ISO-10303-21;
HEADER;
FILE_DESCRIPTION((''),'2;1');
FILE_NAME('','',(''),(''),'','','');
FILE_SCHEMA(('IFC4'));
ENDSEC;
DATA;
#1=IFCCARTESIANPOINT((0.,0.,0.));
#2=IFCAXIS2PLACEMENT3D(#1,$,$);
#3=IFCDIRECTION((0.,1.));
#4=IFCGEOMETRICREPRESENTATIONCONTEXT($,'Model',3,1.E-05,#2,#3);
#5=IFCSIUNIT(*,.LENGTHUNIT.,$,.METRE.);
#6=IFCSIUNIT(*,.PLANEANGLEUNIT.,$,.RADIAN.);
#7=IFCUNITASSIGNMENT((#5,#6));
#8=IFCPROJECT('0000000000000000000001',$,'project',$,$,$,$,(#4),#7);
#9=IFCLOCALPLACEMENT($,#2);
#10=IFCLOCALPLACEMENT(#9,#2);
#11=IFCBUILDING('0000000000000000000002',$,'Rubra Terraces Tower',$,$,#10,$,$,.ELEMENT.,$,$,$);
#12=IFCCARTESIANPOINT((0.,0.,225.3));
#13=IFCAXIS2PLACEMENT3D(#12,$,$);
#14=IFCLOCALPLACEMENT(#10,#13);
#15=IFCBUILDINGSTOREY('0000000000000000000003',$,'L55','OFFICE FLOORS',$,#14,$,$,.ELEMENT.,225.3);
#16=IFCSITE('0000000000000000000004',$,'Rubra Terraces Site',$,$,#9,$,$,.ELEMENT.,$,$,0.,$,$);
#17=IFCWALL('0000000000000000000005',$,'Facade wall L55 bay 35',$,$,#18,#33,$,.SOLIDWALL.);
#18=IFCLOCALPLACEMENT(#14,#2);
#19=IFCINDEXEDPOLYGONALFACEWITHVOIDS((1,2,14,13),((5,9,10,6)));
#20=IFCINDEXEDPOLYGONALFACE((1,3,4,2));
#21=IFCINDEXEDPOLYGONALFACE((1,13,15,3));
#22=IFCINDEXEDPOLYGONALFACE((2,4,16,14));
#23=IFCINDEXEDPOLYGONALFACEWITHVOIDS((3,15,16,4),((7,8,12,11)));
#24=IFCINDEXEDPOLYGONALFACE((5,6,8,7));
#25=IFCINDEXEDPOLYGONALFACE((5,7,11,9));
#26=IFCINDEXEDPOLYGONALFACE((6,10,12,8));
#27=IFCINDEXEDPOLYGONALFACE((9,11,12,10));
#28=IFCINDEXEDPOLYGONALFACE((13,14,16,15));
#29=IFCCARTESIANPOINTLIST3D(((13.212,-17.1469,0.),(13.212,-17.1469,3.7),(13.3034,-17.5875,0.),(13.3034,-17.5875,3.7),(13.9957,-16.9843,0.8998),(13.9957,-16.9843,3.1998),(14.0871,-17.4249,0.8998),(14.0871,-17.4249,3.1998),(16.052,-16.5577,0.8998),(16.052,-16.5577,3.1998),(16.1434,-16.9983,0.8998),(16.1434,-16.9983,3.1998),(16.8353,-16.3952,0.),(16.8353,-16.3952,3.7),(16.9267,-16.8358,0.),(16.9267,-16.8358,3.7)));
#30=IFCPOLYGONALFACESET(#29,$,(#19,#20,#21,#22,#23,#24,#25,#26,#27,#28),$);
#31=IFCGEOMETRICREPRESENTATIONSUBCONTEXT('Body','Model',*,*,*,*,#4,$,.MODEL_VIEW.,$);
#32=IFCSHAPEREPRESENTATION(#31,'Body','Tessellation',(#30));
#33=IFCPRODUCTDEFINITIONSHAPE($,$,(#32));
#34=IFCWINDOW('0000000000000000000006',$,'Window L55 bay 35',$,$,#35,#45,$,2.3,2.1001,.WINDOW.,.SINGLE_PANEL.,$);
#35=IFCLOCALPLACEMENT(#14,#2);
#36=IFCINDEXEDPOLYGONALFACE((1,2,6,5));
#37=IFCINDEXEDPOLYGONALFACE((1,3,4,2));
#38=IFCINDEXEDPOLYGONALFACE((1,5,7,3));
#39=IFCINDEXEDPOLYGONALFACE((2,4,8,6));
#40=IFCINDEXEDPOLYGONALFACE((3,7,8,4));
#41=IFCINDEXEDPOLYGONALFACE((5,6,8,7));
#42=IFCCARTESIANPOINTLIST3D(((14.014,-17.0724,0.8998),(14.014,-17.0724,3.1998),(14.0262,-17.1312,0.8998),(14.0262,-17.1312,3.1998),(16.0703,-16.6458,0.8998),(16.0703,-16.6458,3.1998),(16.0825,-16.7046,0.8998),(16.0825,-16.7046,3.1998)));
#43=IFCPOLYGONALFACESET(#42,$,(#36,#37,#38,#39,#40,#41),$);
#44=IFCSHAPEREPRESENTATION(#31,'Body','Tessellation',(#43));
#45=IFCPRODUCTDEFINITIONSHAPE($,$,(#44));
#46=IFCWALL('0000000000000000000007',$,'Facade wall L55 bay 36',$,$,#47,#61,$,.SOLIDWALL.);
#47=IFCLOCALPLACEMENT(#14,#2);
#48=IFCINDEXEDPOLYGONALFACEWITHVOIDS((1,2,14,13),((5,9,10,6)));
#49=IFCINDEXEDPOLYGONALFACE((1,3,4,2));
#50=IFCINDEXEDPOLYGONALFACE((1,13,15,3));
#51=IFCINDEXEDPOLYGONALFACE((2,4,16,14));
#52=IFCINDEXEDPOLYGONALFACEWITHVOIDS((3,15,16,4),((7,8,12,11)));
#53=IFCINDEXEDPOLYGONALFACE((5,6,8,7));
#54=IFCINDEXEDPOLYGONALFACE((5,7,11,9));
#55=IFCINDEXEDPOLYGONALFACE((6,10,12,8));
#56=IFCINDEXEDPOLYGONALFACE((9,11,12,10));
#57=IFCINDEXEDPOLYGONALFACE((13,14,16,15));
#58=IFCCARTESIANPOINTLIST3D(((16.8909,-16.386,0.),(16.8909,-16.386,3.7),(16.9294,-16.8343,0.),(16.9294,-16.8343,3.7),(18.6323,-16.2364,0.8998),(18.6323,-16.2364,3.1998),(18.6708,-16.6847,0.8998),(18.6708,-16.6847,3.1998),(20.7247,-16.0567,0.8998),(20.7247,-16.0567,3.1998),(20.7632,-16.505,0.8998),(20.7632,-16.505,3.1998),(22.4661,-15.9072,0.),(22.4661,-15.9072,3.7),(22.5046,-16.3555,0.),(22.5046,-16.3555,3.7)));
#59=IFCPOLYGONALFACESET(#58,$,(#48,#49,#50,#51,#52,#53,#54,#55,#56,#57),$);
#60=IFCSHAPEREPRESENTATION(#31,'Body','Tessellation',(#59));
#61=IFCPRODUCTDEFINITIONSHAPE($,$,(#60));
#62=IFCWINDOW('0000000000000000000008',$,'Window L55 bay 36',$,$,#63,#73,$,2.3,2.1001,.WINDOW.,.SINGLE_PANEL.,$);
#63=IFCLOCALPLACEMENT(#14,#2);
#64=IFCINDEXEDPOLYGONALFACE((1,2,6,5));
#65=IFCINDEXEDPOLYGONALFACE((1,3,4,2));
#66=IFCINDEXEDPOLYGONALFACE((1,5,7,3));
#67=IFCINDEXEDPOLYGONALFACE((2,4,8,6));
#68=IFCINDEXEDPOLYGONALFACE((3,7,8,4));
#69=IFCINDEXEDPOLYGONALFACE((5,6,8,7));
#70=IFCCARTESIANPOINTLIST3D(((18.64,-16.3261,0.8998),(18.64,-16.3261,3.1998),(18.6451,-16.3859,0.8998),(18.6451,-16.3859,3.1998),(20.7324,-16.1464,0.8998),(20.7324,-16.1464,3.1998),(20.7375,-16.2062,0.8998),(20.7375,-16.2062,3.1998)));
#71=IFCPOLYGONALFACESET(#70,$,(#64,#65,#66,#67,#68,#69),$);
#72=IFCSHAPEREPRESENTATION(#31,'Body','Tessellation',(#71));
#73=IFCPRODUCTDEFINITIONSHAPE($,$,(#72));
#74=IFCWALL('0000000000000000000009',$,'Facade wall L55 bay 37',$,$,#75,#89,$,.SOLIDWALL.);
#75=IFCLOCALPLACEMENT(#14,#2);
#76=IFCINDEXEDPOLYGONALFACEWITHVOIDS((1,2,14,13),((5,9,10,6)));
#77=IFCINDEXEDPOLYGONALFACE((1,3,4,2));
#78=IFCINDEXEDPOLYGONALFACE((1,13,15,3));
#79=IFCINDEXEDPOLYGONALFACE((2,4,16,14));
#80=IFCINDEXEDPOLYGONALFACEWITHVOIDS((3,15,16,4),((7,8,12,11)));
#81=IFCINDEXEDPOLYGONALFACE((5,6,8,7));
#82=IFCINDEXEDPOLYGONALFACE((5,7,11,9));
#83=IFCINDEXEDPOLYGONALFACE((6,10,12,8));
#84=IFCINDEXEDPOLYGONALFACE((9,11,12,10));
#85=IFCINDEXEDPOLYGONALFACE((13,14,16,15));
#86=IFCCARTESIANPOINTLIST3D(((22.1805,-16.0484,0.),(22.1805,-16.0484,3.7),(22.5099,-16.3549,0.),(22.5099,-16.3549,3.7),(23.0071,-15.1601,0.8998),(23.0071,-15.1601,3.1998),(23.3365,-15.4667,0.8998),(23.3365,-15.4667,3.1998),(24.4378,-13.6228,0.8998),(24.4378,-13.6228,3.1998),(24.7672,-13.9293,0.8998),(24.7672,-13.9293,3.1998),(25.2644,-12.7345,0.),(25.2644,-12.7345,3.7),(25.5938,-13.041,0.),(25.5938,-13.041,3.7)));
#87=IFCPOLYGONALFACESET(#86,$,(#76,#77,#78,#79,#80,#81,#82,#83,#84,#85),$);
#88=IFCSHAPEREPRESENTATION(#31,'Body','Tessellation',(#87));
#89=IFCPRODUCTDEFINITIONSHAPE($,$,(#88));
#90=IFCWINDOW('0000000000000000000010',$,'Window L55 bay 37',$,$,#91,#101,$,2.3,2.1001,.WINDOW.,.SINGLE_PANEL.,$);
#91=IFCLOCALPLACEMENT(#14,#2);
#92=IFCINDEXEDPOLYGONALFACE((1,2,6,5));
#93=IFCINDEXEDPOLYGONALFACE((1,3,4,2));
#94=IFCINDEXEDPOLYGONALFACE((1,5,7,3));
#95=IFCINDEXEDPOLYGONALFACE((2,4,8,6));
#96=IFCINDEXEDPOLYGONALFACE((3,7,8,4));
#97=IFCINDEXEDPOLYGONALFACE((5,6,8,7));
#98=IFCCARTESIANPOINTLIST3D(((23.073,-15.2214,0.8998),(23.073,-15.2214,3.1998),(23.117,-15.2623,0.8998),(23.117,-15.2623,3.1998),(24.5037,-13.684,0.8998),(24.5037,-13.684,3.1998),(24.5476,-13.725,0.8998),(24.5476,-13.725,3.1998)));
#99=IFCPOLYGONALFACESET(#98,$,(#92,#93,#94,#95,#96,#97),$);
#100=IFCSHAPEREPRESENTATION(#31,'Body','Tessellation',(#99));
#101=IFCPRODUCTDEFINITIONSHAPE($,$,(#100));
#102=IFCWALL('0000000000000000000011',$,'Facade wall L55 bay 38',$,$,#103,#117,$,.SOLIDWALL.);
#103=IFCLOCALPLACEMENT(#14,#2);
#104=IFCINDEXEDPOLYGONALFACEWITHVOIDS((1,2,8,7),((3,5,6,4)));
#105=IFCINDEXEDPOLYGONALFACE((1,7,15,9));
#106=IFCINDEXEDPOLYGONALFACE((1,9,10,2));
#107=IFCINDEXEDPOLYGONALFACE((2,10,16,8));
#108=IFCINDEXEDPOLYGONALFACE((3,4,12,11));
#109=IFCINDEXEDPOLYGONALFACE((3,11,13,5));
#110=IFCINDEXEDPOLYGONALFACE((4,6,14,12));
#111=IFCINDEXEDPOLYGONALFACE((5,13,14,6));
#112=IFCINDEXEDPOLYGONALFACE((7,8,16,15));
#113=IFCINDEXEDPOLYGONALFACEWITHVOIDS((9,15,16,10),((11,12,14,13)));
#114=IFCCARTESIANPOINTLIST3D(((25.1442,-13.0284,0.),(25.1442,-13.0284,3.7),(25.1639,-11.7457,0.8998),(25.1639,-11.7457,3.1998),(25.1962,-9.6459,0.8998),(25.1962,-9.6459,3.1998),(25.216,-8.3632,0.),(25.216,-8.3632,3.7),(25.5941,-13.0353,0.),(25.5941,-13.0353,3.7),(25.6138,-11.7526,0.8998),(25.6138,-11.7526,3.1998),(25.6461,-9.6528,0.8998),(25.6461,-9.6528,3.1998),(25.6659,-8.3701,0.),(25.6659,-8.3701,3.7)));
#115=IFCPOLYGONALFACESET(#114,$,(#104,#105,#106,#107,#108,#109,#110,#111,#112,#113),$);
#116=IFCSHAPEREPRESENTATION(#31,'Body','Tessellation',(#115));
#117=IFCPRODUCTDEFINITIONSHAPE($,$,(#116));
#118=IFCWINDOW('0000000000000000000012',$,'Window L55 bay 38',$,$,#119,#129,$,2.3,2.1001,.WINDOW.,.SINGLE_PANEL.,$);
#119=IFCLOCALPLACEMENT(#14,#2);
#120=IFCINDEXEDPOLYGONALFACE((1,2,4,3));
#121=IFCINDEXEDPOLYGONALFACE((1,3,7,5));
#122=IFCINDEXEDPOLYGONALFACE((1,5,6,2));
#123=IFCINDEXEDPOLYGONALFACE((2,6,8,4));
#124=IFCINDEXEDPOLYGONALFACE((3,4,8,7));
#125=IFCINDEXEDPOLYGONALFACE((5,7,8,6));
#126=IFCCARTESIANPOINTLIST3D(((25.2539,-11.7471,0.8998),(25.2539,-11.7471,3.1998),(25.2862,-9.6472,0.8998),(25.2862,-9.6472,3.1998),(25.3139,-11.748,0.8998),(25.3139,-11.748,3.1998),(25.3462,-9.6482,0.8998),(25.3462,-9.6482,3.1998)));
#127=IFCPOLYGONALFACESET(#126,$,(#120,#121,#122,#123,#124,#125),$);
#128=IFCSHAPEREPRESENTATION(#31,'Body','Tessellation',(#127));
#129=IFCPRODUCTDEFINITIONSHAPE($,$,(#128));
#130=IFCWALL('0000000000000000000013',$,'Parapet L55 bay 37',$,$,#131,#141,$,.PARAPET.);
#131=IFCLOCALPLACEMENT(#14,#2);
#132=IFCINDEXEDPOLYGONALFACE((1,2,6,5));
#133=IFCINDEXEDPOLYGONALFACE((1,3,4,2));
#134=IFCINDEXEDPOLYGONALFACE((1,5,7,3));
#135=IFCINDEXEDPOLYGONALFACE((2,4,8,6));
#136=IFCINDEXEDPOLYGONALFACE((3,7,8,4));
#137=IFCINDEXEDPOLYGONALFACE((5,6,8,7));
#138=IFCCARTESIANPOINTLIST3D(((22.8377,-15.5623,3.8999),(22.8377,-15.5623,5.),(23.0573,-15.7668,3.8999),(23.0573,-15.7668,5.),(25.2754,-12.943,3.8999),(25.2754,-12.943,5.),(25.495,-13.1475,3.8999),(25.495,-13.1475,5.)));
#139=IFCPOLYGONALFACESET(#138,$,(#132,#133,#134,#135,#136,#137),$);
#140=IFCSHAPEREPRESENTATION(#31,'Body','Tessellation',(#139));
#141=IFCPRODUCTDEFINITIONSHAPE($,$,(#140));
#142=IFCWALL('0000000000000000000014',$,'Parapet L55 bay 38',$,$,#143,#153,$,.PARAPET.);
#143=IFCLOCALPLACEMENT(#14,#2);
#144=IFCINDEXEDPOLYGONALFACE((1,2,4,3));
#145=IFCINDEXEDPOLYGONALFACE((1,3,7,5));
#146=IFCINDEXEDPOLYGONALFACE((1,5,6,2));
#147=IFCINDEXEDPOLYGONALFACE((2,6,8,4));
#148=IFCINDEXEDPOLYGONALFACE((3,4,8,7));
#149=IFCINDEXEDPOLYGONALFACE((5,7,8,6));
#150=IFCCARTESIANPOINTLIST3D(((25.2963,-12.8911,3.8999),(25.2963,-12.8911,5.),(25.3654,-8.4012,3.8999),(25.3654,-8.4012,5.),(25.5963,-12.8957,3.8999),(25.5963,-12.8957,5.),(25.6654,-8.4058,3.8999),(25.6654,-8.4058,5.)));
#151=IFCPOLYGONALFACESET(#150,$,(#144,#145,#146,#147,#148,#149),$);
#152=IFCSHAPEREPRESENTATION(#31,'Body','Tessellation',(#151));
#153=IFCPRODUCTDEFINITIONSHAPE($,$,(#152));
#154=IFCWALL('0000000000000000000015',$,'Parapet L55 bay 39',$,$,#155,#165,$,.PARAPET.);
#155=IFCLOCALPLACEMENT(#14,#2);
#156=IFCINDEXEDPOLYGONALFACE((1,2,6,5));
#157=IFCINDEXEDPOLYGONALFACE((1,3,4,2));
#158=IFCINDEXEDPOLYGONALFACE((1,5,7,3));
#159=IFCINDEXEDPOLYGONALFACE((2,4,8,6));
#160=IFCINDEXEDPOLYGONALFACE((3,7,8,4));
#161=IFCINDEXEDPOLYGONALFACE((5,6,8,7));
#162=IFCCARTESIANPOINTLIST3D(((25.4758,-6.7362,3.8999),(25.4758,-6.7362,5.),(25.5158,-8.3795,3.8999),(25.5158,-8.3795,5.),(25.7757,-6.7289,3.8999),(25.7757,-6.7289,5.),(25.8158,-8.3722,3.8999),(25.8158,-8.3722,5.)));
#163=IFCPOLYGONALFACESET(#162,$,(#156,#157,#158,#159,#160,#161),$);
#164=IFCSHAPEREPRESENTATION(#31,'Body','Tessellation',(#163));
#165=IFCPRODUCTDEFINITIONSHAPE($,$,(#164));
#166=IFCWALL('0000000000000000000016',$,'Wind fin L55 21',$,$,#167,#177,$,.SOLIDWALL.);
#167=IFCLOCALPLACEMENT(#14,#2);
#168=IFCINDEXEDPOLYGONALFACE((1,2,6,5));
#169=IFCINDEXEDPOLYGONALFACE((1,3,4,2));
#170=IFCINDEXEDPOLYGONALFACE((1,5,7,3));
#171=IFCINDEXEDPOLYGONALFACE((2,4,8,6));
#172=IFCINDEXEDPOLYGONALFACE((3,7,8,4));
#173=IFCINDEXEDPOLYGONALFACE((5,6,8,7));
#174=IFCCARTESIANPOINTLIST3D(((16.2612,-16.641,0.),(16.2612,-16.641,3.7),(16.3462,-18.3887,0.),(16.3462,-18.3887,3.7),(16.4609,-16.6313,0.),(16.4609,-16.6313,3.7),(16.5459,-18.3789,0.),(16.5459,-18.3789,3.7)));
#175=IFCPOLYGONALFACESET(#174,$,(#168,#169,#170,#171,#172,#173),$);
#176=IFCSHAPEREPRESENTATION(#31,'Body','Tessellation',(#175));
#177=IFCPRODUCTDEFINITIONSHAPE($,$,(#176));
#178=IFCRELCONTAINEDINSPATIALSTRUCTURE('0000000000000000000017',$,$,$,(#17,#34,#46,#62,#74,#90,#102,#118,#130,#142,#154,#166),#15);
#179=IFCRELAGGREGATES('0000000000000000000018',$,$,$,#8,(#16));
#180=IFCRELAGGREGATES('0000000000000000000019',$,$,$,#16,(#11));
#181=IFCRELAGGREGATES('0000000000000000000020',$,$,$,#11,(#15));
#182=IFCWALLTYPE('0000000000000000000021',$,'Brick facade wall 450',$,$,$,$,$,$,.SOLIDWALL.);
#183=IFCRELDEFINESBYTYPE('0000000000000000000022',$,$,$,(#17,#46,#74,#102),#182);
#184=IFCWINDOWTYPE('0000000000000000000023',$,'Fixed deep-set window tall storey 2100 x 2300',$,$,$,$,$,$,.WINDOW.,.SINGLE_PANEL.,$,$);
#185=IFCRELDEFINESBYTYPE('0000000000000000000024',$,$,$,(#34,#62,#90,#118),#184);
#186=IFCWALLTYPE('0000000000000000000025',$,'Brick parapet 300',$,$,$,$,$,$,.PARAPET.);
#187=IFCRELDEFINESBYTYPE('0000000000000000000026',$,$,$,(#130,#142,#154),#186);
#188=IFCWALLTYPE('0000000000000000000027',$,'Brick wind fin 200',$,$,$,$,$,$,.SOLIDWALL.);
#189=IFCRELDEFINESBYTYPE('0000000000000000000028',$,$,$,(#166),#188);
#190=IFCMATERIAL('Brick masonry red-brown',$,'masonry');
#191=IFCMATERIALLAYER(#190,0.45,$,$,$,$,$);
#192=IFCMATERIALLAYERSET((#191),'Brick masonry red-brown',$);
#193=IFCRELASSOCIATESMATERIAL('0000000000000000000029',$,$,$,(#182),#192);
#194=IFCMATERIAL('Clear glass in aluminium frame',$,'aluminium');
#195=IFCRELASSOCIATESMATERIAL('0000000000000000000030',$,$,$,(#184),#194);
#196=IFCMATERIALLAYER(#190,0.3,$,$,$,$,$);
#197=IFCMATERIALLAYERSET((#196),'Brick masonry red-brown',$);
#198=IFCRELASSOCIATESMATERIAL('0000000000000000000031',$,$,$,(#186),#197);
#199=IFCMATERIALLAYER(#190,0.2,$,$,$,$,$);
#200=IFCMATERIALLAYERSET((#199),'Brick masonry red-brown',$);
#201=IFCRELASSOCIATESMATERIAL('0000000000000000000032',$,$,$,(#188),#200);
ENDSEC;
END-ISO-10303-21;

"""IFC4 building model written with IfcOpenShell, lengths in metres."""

from ifc_helpers import new_model, si_unit, direction, frame, frame_2d, origin, place, context, subcontext, project, spatial, rectangle, extrude, material, layer, layer_set, type_object, element, fill, save


model = new_model("IFC4")

# Units and contexts
model_context = context("Model", 3, precision=1e-05, world=origin(), true_north=direction((0.0, 1.0)))
body_context = subcontext(model_context, "Body", "Model", "MODEL_VIEW")
ifc_project = project(units=[si_unit("LENGTHUNIT", "METRE"), si_unit("PLANEANGLEUNIT", "RADIAN")], contexts=[model_context])

# Site, building, storey
site_placement = place(None, origin())
site = spatial("IfcSite", under=ifc_project, at=site_placement, Name="Rubra Terraces Site", CompositionType="ELEMENT", RefElevation=0.0)
building_placement = place(site_placement, origin())
building = spatial("IfcBuilding", under=site, at=building_placement, Name="Rubra Terraces Tower", CompositionType="ELEMENT")
storey_placement = place(building_placement, frame((0.0, 0.0, 225.3)))
storey = spatial("IfcBuildingStorey", under=building, at=storey_placement, Name="L55", Description="OFFICE FLOORS", CompositionType="ELEMENT", Elevation=225.3)

# Walls, openings, windows
ifc_material_1 = material(Name="Brick masonry red-brown", Category="masonry")
ifc_layer_1 = layer(ifc_material_1, 0.45)
ifc_layer_set_1 = layer_set([ifc_layer_1], Name="Brick masonry red-brown")
wall_type_1 = type_object("IfcWallType", Name="Brick facade wall 450", PredefinedType="SOLIDWALL", material=ifc_layer_set_1)
wall_1_placement = place(storey_placement, frame((13.2578, -17.3672, 0.0), z_axis=(0.0, 0.0, 1.0), x_axis=(0.97915, 0.20314, 0.0)))
wall_1 = element("IfcWall", 1, at=wall_1_placement, inside=storey, type_object=wall_type_1, Name="Facade wall L55 bay 35", PredefinedType="SOLIDWALL", context=body_context, shape_type="SweptSolid", body=[
    extrude(rectangle(XDim=3.7004, YDim=0.45, at=frame_2d((1.8501, 0.0))), origin(), (0.0, 0.0, 1.0), 3.7),
])
opening_1_placement = place(wall_1_placement, frame((0.8003, 0.0, 0.8999)))
opening_1 = element("IfcOpeningElement", 2, at=opening_1_placement, cuts=wall_1, PredefinedType="OPENING", context=body_context, shape_type="SweptSolid", body=[
    extrude(rectangle(XDim=2.1001, YDim=2.3, at=frame_2d((1.05, 1.1499))), frame((0.0, 0.2349, 0.0), z_axis=(0.0, -1.0, 0.0), x_axis=(1.0, 0.0, 0.0)), (0.0, 0.0, 1.0), 0.47),
])
ifc_material_2 = material(Name="Clear glass in aluminium frame", Category="aluminium")
window_type = type_object("IfcWindowType", Name="Fixed deep-set window tall storey 2100 x 2300", PartitioningType="SINGLE_PANEL", PredefinedType="WINDOW", material=ifc_material_2)
window_1_placement = place(opening_1_placement, origin())
window_1 = element("IfcWindow", 3, at=window_1_placement, inside=storey, type_object=window_type, Name="Window L55 bay 35", OverallHeight=2.3, OverallWidth=2.1001, PartitioningType="SINGLE_PANEL", PredefinedType="WINDOW", context=body_context, shape_type="SweptSolid", body=[
    extrude(rectangle(XDim=2.1001, YDim=2.3, at=frame_2d((1.05, 1.1499))), frame((0.0, 0.135, 0.0), z_axis=(0.0, -1.0, 0.0), x_axis=(1.0, 0.0, 0.0)), (0.0, 0.0, 1.0), 0.0601),
])
fill(opening_1, window_1)
wall_2_placement = place(storey_placement, frame((16.9102, -16.6101, 0.0), z_axis=(0.0, 0.0, 1.0), x_axis=(0.996333, 0.085558, 0.0)))
wall_2 = element("IfcWall", 4, at=wall_2_placement, inside=storey, type_object=wall_type_1, Name="Facade wall L55 bay 36", PredefinedType="SOLIDWALL", context=body_context, shape_type="SweptSolid", body=[
    extrude(rectangle(XDim=5.5957, YDim=0.45, at=frame_2d((2.7979, 0.0))), origin(), (0.0, 0.0, 1.0), 3.7),
])
opening_2_placement = place(wall_2_placement, frame((1.7478, 0.0, 0.8999)))
opening_2 = element("IfcOpeningElement", 5, at=opening_2_placement, cuts=wall_2, PredefinedType="OPENING", context=body_context, shape_type="SweptSolid", body=[
    extrude(rectangle(XDim=2.1001, YDim=2.3, at=frame_2d((1.05, 1.1499))), frame((0.0, 0.2349, 0.0), z_axis=(0.0, -1.0, 0.0), x_axis=(1.0, 0.0, 0.0)), (0.0, 0.0, 1.0), 0.47),
])
window_2_placement = place(opening_2_placement, origin())
window_2 = element("IfcWindow", 6, at=window_2_placement, inside=storey, type_object=window_type, Name="Window L55 bay 36", OverallHeight=2.3, OverallWidth=2.1001, PartitioningType="SINGLE_PANEL", PredefinedType="WINDOW", context=body_context, shape_type="SweptSolid", body=[
    extrude(rectangle(XDim=2.1001, YDim=2.3, at=frame_2d((1.05, 1.1499))), frame((0.0, 0.135, 0.0), z_axis=(0.0, -1.0, 0.0), x_axis=(1.0, 0.0, 0.0)), (0.0, 0.0, 1.0), 0.0601),
])
fill(opening_2, window_2)
wall_3_placement = place(storey_placement, frame((22.3452, -16.2017, 0.0), z_axis=(0.0, 0.0, 1.0), x_axis=(0.681249, 0.732052, 0.0)))
wall_3 = element("IfcWall", 7, at=wall_3_placement, inside=storey, type_object=wall_type_1, Name="Facade wall L55 bay 37", PredefinedType="SOLIDWALL", context=body_context, shape_type="SweptSolid", body=[
    extrude(rectangle(XDim=4.5269, YDim=0.45, at=frame_2d((2.2634, 0.0))), origin(), (0.0, 0.0, 1.0), 3.7),
])
opening_3_placement = place(wall_3_placement, frame((1.2134, 0.0, 0.8999)))
opening_3 = element("IfcOpeningElement", 8, at=opening_3_placement, cuts=wall_3, PredefinedType="OPENING", context=body_context, shape_type="SweptSolid", body=[
    extrude(rectangle(XDim=2.1001, YDim=2.3, at=frame_2d((1.05, 1.1499))), frame((0.0, 0.2349, 0.0), z_axis=(0.0, -1.0, 0.0), x_axis=(1.0, 0.0, 0.0)), (0.0, 0.0, 1.0), 0.47),
])
window_3_placement = place(opening_3_placement, origin())
window_3 = element("IfcWindow", 9, at=window_3_placement, inside=storey, type_object=window_type, Name="Window L55 bay 37", OverallHeight=2.3, OverallWidth=2.1001, PartitioningType="SINGLE_PANEL", PredefinedType="WINDOW", context=body_context, shape_type="SweptSolid", body=[
    extrude(rectangle(XDim=2.1001, YDim=2.3, at=frame_2d((1.05, 1.1499))), frame((0.0, 0.135, 0.0), z_axis=(0.0, -1.0, 0.0), x_axis=(1.0, 0.0, 0.0)), (0.0, 0.0, 1.0), 0.0601),
])
fill(opening_3, window_3)
wall_4_placement = place(storey_placement, frame((25.3691, -13.032, 0.0), z_axis=(0.0, 0.0, 1.0), x_axis=(0.015384, 0.999882, 0.0)))
wall_4 = element("IfcWall", 10, at=wall_4_placement, inside=storey, type_object=wall_type_1, Name="Facade wall L55 bay 38", PredefinedType="SOLIDWALL", context=body_context, shape_type="SweptSolid", body=[
    extrude(rectangle(XDim=4.6658, YDim=0.45, at=frame_2d((2.333, 0.0))), origin(), (0.0, 0.0, 1.0), 3.7),
])
opening_4_placement = place(wall_4_placement, frame((1.283, 0.0, 0.8999)))
opening_4 = element("IfcOpeningElement", 11, at=opening_4_placement, cuts=wall_4, PredefinedType="OPENING", context=body_context, shape_type="SweptSolid", body=[
    extrude(rectangle(XDim=2.1001, YDim=2.3, at=frame_2d((1.05, 1.1499))), frame((0.0, 0.2349, 0.0), z_axis=(0.0, -1.0, 0.0), x_axis=(1.0, 0.0, 0.0)), (0.0, 0.0, 1.0), 0.47),
])
window_4_placement = place(opening_4_placement, origin())
window_4 = element("IfcWindow", 12, at=window_4_placement, inside=storey, type_object=window_type, Name="Window L55 bay 38", OverallHeight=2.3, OverallWidth=2.1001, PartitioningType="SINGLE_PANEL", PredefinedType="WINDOW", context=body_context, shape_type="SweptSolid", body=[
    extrude(rectangle(XDim=2.1001, YDim=2.3, at=frame_2d((1.05, 1.1499))), frame((0.0, 0.135, 0.0), z_axis=(0.0, -1.0, 0.0), x_axis=(1.0, 0.0, 0.0)), (0.0, 0.0, 1.0), 0.0601),
])
fill(opening_4, window_4)

# Walls
ifc_layer_2 = layer(ifc_material_1, 0.3)
ifc_layer_set_2 = layer_set([ifc_layer_2], Name="Brick masonry red-brown")
wall_type_2 = type_object("IfcWallType", Name="Brick parapet 300", PredefinedType="PARAPET", material=ifc_layer_set_2)
wall_5_placement = place(storey_placement, frame((22.9475, -15.6646, 3.8999), z_axis=(0.0, 0.0, 1.0), x_axis=(0.68127, 0.732032, 0.0)))
element("IfcWall", 13, at=wall_5_placement, inside=storey, type_object=wall_type_2, Name="Parapet L55 bay 37", PredefinedType="PARAPET", context=body_context, shape_type="SweptSolid", body=[
    extrude(rectangle(XDim=3.5781, YDim=0.3, at=frame_2d((1.7891, 0.0))), origin(), (0.0, 0.0, 1.0), 1.1001),
])
wall_6_placement = place(storey_placement, frame((25.4463, -12.8933, 3.8999), z_axis=(0.0, 0.0, 1.0), x_axis=(0.015386, 0.999882, 0.0)))
element("IfcWall", 14, at=wall_6_placement, inside=storey, type_object=wall_type_2, Name="Parapet L55 bay 38", PredefinedType="PARAPET", context=body_context, shape_type="SweptSolid", body=[
    extrude(rectangle(XDim=4.4905, YDim=0.3, at=frame_2d((2.2451, 0.0))), origin(), (0.0, 0.0, 1.0), 1.1001),
])
wall_7_placement = place(storey_placement, frame((25.6658, -8.3757, 3.8999), z_axis=(0.0, 0.0, 1.0), x_axis=(-0.024358, 0.999703, 0.0)))
element("IfcWall", 15, at=wall_7_placement, inside=storey, type_object=wall_type_2, Name="Parapet L55 bay 39", PredefinedType="PARAPET", context=body_context, shape_type="SweptSolid", body=[
    extrude(rectangle(XDim=1.6438, YDim=0.3, at=frame_2d((0.8218, 0.0))), origin(), (0.0, 0.0, 1.0), 1.1001),
])
ifc_layer_3 = layer(ifc_material_1, 0.2)
ifc_layer_set_3 = layer_set([ifc_layer_3], Name="Brick masonry red-brown")
wall_type_3 = type_object("IfcWallType", Name="Brick wind fin 200", PredefinedType="SOLIDWALL", material=ifc_layer_set_3)
wall_8_placement = place(storey_placement, frame((16.3611, -16.636, 0.0), z_axis=(0.0, 0.0, 1.0), x_axis=(0.048553, -0.998821, 0.0)))
element("IfcWall", 16, at=wall_8_placement, inside=storey, type_object=wall_type_3, Name="Wind fin L55 21", PredefinedType="SOLIDWALL", context=body_context, shape_type="SweptSolid", body=[
    extrude(rectangle(XDim=1.7498, YDim=0.2, at=frame_2d((0.875, 0.0))), origin(), (0.0, 0.0, 1.0), 3.7),
])

save(model, "model.ifc")
